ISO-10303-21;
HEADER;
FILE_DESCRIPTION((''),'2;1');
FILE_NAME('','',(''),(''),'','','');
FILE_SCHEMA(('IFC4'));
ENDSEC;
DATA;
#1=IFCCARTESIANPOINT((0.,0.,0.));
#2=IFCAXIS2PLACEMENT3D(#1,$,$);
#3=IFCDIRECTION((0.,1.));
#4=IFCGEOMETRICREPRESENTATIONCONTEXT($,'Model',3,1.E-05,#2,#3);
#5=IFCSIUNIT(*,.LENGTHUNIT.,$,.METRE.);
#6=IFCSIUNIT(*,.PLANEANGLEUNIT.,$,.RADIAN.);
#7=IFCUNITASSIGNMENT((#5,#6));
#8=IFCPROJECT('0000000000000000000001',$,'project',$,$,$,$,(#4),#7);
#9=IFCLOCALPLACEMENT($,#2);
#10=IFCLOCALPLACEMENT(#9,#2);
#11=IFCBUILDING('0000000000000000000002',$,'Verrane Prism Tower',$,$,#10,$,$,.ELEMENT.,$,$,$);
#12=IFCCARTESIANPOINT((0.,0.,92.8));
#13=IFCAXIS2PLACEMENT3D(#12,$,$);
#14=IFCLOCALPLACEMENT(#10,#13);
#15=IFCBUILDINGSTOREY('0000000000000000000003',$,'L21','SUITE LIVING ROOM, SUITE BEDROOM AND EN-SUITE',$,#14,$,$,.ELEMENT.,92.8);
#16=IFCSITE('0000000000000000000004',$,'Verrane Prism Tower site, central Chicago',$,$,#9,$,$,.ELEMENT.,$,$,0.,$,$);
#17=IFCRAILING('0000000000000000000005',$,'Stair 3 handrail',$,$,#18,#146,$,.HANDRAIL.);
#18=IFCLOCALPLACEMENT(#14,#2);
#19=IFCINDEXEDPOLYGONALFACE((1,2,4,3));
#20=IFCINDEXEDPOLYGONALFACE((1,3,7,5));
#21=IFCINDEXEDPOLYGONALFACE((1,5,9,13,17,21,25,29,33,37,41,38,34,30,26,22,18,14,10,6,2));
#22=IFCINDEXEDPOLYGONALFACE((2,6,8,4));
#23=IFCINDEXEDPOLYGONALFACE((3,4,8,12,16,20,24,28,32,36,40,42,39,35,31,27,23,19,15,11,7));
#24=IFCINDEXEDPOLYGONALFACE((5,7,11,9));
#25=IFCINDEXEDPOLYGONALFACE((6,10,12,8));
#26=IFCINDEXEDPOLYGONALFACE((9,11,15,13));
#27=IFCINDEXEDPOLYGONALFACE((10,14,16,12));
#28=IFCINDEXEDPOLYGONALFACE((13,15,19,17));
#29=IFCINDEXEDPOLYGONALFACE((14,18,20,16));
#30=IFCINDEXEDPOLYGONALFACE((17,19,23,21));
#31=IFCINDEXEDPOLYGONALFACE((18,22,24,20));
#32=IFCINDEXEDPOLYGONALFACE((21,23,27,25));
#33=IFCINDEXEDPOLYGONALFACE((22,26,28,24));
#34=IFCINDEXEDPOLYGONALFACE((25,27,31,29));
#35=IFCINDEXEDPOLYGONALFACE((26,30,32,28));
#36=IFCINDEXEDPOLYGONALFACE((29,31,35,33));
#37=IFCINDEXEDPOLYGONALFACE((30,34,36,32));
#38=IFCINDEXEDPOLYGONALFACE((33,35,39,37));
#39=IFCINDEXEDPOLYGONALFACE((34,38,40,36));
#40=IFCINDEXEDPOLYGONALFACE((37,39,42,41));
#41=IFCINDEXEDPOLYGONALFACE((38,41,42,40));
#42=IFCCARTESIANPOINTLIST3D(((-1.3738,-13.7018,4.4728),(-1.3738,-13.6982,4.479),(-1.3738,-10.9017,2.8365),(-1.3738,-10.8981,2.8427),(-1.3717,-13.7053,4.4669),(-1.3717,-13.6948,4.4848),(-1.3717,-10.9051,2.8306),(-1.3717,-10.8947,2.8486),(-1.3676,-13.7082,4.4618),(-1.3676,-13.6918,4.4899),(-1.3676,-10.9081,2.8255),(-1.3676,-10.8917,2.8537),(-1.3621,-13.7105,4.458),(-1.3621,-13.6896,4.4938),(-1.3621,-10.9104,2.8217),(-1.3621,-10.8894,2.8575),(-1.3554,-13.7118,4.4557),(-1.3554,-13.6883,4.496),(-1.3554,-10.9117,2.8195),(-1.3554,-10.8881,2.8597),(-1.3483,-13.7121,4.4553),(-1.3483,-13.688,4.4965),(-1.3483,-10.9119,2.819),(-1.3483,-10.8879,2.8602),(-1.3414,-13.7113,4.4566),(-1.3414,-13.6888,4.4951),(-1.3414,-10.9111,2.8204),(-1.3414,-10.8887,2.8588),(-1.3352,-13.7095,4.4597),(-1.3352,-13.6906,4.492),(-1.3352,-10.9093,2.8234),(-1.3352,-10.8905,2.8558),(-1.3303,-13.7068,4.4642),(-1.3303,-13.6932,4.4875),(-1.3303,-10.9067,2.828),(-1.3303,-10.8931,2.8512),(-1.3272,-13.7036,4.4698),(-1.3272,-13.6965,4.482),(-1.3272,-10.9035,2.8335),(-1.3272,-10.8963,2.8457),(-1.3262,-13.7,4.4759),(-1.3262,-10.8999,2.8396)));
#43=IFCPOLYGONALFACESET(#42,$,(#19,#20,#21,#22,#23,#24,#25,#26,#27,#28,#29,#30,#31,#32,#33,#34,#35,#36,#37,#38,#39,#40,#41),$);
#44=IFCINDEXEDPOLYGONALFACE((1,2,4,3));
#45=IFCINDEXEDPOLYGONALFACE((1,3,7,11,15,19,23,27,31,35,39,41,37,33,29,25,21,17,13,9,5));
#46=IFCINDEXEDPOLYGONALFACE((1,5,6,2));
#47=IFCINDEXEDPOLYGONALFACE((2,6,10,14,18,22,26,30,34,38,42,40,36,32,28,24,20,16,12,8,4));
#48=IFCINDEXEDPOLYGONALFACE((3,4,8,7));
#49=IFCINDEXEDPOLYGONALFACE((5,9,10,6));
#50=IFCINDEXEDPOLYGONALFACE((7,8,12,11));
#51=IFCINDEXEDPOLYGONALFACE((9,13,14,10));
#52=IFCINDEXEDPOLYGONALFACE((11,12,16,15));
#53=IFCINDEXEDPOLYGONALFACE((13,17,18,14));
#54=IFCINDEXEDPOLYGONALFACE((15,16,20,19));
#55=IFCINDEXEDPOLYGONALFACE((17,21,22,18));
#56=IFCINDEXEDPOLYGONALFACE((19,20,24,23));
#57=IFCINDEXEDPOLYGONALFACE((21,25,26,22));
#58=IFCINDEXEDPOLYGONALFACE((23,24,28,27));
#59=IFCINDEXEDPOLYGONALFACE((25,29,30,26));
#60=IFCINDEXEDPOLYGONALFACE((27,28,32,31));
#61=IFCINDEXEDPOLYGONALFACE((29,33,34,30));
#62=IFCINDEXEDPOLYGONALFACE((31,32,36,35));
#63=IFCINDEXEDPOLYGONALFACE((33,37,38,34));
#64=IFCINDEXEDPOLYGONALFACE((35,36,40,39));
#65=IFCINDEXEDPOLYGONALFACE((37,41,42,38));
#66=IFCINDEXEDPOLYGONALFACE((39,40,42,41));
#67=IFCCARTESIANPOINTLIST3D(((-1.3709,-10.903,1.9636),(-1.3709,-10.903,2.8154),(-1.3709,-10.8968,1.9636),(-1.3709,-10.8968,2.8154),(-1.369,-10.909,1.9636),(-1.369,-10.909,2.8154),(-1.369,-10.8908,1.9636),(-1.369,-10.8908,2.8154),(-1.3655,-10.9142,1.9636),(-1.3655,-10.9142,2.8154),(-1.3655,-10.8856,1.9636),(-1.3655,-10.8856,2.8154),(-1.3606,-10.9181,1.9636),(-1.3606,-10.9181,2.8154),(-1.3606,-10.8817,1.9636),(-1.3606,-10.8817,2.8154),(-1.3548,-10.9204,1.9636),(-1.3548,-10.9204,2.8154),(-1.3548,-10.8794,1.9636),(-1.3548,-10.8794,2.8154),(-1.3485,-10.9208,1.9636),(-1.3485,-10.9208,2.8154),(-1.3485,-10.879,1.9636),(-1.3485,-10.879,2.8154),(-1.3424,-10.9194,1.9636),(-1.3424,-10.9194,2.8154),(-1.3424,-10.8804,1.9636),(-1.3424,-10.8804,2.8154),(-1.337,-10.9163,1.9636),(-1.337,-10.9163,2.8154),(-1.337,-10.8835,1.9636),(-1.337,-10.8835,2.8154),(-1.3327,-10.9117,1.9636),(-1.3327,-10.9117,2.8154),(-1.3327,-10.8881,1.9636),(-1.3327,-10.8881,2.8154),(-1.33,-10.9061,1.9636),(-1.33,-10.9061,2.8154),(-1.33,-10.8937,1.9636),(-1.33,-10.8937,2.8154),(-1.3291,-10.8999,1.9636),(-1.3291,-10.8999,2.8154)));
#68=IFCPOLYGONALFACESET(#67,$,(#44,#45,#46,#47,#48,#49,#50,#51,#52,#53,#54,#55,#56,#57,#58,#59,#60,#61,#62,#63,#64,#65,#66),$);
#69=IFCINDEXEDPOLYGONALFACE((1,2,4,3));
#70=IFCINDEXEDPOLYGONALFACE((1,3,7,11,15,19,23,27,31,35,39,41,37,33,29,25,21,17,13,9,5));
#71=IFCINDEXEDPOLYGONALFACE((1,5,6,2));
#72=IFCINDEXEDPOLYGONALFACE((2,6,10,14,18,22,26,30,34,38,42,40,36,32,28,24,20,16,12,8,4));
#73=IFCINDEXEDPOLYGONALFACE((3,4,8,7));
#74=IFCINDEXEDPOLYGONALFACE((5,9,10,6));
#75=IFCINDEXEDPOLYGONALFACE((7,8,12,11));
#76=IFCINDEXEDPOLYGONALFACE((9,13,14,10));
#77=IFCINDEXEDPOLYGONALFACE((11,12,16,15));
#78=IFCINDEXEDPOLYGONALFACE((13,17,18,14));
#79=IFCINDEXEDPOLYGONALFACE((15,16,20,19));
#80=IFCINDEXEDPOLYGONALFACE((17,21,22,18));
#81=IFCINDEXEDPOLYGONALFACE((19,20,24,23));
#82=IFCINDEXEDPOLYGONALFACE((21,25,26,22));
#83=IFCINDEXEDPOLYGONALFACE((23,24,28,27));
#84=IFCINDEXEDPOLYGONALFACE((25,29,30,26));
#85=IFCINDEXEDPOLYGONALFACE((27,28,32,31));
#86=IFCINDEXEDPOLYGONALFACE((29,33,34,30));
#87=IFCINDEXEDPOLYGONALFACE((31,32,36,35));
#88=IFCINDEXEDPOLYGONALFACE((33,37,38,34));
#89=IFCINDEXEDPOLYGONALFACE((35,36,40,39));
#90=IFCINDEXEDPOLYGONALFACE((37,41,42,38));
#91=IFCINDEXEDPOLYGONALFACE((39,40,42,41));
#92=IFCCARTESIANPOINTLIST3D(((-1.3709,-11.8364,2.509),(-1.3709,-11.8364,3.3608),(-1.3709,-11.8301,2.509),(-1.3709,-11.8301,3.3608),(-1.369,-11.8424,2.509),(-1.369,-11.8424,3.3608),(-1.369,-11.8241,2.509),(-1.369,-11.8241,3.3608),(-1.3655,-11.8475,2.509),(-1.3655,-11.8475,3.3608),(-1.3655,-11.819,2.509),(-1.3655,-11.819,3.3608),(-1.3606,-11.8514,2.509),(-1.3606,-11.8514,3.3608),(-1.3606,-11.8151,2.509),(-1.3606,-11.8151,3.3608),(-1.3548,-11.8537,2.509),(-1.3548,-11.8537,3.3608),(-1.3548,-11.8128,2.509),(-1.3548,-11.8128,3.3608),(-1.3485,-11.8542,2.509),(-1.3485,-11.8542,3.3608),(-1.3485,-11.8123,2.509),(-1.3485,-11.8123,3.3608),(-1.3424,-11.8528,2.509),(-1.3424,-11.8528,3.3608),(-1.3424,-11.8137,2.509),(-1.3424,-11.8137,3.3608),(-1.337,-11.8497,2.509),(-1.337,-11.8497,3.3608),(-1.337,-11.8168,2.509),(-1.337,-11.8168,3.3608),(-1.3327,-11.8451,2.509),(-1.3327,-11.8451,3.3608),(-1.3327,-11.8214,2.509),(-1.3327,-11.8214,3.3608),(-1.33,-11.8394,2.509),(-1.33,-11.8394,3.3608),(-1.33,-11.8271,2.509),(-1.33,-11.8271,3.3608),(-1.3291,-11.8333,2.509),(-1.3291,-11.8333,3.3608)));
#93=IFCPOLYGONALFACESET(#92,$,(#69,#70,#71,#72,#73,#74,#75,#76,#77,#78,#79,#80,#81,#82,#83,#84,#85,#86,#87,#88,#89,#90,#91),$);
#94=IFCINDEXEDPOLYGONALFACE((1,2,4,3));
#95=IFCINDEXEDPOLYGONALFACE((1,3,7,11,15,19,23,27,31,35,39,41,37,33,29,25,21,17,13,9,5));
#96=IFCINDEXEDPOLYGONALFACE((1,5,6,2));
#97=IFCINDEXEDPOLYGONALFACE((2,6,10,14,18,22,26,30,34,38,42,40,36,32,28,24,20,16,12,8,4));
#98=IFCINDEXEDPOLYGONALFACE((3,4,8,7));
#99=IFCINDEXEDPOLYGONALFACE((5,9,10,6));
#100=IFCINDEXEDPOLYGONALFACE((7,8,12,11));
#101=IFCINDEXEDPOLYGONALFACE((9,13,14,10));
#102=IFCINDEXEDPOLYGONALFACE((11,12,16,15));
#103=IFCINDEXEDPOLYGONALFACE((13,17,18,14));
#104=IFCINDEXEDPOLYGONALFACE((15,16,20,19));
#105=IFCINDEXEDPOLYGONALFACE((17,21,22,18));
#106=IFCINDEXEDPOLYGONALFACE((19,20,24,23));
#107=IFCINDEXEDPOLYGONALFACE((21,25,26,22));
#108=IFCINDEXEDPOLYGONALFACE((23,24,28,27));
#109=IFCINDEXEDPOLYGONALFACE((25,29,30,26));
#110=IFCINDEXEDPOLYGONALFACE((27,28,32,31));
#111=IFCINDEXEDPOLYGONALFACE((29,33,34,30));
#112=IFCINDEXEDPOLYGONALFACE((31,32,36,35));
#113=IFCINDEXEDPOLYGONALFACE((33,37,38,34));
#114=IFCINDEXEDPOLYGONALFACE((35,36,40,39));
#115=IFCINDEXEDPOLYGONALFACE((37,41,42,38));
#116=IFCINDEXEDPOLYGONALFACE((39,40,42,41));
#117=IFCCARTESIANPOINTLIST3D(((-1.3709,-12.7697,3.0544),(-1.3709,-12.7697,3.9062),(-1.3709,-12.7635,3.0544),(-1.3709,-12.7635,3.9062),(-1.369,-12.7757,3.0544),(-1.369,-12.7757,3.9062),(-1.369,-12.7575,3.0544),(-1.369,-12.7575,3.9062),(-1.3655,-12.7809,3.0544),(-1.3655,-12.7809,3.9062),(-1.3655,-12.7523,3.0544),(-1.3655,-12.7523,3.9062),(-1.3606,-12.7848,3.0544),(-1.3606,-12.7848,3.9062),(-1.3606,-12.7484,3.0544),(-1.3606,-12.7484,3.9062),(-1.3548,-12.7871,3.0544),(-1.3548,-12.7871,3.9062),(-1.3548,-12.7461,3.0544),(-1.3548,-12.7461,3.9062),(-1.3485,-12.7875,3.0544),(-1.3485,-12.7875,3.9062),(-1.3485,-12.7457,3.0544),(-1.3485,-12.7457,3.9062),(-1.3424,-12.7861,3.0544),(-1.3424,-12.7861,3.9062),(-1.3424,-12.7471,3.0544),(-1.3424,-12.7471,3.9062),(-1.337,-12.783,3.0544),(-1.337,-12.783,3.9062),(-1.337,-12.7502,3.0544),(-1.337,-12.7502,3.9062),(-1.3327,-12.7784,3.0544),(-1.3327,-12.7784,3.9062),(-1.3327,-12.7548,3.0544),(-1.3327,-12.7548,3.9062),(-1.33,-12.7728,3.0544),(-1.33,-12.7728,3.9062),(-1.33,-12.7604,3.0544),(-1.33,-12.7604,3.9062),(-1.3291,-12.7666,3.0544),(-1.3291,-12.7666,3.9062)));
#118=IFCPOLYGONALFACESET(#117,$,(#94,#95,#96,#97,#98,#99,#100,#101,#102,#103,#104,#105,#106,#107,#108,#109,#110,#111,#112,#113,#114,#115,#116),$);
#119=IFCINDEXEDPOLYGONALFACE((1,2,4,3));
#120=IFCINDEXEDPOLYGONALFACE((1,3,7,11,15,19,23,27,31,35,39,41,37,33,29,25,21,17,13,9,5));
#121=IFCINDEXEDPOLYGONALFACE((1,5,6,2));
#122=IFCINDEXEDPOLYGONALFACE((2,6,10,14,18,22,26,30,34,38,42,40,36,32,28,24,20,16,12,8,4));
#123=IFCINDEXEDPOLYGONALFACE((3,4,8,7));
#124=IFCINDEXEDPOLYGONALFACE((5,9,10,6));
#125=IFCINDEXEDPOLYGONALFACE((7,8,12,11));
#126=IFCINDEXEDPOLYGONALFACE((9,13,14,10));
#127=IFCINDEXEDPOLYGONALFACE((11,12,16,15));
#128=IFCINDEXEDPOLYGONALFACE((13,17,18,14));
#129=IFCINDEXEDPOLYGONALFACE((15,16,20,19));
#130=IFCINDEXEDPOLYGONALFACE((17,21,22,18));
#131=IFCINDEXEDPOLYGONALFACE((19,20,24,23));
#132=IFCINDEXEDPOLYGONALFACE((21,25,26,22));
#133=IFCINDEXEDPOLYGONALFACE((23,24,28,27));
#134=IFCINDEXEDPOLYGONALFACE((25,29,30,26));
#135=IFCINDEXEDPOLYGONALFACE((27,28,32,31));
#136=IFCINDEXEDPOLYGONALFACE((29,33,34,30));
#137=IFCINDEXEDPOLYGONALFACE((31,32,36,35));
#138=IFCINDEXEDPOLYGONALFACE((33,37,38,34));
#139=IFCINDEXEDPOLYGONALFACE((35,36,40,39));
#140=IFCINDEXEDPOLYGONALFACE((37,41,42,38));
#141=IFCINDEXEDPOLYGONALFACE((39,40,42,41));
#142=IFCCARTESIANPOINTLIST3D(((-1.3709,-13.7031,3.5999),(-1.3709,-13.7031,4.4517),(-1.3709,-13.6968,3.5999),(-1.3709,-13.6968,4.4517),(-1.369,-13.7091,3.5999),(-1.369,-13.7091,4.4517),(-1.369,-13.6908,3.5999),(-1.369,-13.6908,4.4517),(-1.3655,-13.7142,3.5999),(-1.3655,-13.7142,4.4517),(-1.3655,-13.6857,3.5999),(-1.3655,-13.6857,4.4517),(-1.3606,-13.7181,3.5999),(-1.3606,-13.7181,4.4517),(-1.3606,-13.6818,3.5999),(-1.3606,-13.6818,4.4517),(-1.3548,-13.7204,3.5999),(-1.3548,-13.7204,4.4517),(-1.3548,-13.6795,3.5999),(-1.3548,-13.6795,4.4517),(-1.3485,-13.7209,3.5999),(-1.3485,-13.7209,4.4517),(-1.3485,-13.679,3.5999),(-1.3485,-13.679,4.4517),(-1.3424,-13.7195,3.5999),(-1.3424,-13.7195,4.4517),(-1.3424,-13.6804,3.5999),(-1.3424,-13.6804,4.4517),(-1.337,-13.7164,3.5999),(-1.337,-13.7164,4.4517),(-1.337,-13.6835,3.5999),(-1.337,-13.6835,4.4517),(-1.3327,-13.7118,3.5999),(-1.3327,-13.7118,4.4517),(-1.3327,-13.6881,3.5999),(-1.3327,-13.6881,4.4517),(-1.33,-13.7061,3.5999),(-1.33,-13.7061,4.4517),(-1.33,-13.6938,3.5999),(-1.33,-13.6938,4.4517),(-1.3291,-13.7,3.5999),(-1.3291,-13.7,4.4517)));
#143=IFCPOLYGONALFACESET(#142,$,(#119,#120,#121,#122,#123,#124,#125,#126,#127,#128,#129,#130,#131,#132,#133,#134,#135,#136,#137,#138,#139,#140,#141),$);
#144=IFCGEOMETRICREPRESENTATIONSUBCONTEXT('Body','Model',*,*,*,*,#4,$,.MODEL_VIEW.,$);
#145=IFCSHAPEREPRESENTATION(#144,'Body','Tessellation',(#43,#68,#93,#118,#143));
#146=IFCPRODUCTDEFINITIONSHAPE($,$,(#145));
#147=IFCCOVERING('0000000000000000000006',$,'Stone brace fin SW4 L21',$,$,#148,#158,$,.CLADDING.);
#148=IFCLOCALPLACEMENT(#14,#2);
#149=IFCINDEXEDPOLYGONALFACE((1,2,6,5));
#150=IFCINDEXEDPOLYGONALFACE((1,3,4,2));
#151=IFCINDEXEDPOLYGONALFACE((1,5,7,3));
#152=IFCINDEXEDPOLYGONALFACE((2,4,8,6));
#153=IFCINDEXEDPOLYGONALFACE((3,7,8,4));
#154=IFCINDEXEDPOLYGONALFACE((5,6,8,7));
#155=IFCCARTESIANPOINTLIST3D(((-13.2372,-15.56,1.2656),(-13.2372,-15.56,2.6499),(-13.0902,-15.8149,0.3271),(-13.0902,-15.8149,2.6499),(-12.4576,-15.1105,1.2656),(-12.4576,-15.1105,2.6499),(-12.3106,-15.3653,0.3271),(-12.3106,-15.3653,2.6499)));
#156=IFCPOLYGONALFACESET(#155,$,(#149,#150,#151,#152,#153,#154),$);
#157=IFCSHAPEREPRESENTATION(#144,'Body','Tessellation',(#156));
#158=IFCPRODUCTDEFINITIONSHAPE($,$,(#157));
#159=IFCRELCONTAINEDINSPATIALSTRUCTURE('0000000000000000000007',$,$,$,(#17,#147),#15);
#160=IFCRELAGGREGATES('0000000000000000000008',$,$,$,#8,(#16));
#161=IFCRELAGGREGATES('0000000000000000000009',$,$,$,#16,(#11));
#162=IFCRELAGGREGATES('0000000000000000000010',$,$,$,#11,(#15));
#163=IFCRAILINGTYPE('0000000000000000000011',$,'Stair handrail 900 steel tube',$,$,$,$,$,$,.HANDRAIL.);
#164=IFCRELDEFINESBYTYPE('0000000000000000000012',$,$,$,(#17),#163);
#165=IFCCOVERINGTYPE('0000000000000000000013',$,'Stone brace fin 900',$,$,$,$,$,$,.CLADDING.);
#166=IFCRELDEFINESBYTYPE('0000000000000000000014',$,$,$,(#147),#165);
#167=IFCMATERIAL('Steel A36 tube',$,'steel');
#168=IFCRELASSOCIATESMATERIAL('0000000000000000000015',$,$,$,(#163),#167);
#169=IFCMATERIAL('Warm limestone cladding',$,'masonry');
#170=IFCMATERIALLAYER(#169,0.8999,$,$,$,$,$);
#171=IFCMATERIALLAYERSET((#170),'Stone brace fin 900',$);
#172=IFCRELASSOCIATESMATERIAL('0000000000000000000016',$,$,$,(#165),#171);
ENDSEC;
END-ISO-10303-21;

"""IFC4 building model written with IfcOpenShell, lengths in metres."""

from ifc_helpers import new_model, si_unit, direction, frame, origin, origin_2d, place, context, subcontext, project, spatial, polyline, circle, outline, extrude, material, layer, layer_set, type_object, element, save


model = new_model("IFC4")

# Units and contexts
model_context = context("Model", 3, precision=1e-05, world=origin(), true_north=direction((0.0, 1.0)))
body_context = subcontext(model_context, "Body", "Model", "MODEL_VIEW")
ifc_project = project(units=[si_unit("LENGTHUNIT", "METRE"), si_unit("PLANEANGLEUNIT", "RADIAN")], contexts=[model_context])

# Site, building, storey
site_placement = place(None, origin())
site = spatial("IfcSite", under=ifc_project, at=site_placement, Name="Verrane Prism Tower site, central Chicago", CompositionType="ELEMENT", RefElevation=0.0)
building_placement = place(site_placement, origin())
building = spatial("IfcBuilding", under=site, at=building_placement, Name="Verrane Prism Tower", CompositionType="ELEMENT")
storey_placement = place(building_placement, frame((0.0, 0.0, 92.8)))
storey = spatial("IfcBuildingStorey", under=building, at=storey_placement, Name="L21", Description="SUITE LIVING ROOM, SUITE BEDROOM AND EN-SUITE", CompositionType="ELEMENT", Elevation=92.8)

# Railing
ifc_material_1 = material(Name="Steel A36 tube", Category="steel")
railing_type = type_object("IfcRailingType", Name="Stair handrail 900 steel tube", PredefinedType="HANDRAIL", material=ifc_material_1)
railing_placement = place(storey_placement, frame((-1.3501, -10.8999, 1.9636)))
element("IfcRailing", 1, at=railing_placement, inside=storey, type_object=railing_type, Name="Stair 3 handrail", PredefinedType="HANDRAIL", context=body_context, shape_type="SweptSolid", body=[
    extrude(circle(Radius=0.0239, at=origin_2d()), frame((0.0, 0.0, 0.876), z_axis=(0.0, -0.863394, 0.504531), x_axis=(1.0, 0.0, 0.0)), (0.0, 0.0, 1.0), 3.2432),
    extrude(circle(Radius=0.021, at=origin_2d()), origin(), (0.0, 0.0, 1.0), 0.8518),
    extrude(circle(Radius=0.021, at=origin_2d()), frame((0.0, -0.9333, 0.5454)), (0.0, 0.0, 1.0), 0.8518),
    extrude(circle(Radius=0.021, at=origin_2d()), frame((0.0, -1.8667, 1.0908)), (0.0, 0.0, 1.0), 0.8518),
    extrude(circle(Radius=0.021, at=origin_2d()), frame((0.0, -2.8, 1.6362)), (0.0, 0.0, 1.0), 0.8518),
])

# Covering
ifc_material_2 = material(Name="Warm limestone cladding", Category="masonry")
ifc_layer_1 = layer(ifc_material_2, 0.8999)
ifc_layer_set_1 = layer_set([ifc_layer_1], Name="Stone brace fin 900")
covering_type = type_object("IfcCoveringType", Name="Stone brace fin 900", PredefinedType="CLADDING", material=ifc_layer_set_1)
covering_placement = place(storey_placement, frame((-12.7004, -15.5901, 0.3271), z_axis=(0.0, 0.0, 1.0), x_axis=(-0.499531, 0.866296, 0.0)))
element("IfcCovering", 2, at=covering_placement, inside=storey, type_object=covering_type, Name="Stone brace fin SW4 L21", PredefinedType="CLADDING", context=body_context, shape_type="SweptSolid", body=[
    extrude(outline(polyline([(0.2942, 2.3228), (0.0, 2.3228), (0.0, 0.0), (0.2942, 0.9385), (0.2942, 2.3228)])), frame((0.0, 0.45, 0.0), z_axis=(0.0, -1.0, 0.0), x_axis=(1.0, 0.0, 0.0)), (0.0, 0.0, 1.0), 0.8999),
])

save(model, "model.ifc")
